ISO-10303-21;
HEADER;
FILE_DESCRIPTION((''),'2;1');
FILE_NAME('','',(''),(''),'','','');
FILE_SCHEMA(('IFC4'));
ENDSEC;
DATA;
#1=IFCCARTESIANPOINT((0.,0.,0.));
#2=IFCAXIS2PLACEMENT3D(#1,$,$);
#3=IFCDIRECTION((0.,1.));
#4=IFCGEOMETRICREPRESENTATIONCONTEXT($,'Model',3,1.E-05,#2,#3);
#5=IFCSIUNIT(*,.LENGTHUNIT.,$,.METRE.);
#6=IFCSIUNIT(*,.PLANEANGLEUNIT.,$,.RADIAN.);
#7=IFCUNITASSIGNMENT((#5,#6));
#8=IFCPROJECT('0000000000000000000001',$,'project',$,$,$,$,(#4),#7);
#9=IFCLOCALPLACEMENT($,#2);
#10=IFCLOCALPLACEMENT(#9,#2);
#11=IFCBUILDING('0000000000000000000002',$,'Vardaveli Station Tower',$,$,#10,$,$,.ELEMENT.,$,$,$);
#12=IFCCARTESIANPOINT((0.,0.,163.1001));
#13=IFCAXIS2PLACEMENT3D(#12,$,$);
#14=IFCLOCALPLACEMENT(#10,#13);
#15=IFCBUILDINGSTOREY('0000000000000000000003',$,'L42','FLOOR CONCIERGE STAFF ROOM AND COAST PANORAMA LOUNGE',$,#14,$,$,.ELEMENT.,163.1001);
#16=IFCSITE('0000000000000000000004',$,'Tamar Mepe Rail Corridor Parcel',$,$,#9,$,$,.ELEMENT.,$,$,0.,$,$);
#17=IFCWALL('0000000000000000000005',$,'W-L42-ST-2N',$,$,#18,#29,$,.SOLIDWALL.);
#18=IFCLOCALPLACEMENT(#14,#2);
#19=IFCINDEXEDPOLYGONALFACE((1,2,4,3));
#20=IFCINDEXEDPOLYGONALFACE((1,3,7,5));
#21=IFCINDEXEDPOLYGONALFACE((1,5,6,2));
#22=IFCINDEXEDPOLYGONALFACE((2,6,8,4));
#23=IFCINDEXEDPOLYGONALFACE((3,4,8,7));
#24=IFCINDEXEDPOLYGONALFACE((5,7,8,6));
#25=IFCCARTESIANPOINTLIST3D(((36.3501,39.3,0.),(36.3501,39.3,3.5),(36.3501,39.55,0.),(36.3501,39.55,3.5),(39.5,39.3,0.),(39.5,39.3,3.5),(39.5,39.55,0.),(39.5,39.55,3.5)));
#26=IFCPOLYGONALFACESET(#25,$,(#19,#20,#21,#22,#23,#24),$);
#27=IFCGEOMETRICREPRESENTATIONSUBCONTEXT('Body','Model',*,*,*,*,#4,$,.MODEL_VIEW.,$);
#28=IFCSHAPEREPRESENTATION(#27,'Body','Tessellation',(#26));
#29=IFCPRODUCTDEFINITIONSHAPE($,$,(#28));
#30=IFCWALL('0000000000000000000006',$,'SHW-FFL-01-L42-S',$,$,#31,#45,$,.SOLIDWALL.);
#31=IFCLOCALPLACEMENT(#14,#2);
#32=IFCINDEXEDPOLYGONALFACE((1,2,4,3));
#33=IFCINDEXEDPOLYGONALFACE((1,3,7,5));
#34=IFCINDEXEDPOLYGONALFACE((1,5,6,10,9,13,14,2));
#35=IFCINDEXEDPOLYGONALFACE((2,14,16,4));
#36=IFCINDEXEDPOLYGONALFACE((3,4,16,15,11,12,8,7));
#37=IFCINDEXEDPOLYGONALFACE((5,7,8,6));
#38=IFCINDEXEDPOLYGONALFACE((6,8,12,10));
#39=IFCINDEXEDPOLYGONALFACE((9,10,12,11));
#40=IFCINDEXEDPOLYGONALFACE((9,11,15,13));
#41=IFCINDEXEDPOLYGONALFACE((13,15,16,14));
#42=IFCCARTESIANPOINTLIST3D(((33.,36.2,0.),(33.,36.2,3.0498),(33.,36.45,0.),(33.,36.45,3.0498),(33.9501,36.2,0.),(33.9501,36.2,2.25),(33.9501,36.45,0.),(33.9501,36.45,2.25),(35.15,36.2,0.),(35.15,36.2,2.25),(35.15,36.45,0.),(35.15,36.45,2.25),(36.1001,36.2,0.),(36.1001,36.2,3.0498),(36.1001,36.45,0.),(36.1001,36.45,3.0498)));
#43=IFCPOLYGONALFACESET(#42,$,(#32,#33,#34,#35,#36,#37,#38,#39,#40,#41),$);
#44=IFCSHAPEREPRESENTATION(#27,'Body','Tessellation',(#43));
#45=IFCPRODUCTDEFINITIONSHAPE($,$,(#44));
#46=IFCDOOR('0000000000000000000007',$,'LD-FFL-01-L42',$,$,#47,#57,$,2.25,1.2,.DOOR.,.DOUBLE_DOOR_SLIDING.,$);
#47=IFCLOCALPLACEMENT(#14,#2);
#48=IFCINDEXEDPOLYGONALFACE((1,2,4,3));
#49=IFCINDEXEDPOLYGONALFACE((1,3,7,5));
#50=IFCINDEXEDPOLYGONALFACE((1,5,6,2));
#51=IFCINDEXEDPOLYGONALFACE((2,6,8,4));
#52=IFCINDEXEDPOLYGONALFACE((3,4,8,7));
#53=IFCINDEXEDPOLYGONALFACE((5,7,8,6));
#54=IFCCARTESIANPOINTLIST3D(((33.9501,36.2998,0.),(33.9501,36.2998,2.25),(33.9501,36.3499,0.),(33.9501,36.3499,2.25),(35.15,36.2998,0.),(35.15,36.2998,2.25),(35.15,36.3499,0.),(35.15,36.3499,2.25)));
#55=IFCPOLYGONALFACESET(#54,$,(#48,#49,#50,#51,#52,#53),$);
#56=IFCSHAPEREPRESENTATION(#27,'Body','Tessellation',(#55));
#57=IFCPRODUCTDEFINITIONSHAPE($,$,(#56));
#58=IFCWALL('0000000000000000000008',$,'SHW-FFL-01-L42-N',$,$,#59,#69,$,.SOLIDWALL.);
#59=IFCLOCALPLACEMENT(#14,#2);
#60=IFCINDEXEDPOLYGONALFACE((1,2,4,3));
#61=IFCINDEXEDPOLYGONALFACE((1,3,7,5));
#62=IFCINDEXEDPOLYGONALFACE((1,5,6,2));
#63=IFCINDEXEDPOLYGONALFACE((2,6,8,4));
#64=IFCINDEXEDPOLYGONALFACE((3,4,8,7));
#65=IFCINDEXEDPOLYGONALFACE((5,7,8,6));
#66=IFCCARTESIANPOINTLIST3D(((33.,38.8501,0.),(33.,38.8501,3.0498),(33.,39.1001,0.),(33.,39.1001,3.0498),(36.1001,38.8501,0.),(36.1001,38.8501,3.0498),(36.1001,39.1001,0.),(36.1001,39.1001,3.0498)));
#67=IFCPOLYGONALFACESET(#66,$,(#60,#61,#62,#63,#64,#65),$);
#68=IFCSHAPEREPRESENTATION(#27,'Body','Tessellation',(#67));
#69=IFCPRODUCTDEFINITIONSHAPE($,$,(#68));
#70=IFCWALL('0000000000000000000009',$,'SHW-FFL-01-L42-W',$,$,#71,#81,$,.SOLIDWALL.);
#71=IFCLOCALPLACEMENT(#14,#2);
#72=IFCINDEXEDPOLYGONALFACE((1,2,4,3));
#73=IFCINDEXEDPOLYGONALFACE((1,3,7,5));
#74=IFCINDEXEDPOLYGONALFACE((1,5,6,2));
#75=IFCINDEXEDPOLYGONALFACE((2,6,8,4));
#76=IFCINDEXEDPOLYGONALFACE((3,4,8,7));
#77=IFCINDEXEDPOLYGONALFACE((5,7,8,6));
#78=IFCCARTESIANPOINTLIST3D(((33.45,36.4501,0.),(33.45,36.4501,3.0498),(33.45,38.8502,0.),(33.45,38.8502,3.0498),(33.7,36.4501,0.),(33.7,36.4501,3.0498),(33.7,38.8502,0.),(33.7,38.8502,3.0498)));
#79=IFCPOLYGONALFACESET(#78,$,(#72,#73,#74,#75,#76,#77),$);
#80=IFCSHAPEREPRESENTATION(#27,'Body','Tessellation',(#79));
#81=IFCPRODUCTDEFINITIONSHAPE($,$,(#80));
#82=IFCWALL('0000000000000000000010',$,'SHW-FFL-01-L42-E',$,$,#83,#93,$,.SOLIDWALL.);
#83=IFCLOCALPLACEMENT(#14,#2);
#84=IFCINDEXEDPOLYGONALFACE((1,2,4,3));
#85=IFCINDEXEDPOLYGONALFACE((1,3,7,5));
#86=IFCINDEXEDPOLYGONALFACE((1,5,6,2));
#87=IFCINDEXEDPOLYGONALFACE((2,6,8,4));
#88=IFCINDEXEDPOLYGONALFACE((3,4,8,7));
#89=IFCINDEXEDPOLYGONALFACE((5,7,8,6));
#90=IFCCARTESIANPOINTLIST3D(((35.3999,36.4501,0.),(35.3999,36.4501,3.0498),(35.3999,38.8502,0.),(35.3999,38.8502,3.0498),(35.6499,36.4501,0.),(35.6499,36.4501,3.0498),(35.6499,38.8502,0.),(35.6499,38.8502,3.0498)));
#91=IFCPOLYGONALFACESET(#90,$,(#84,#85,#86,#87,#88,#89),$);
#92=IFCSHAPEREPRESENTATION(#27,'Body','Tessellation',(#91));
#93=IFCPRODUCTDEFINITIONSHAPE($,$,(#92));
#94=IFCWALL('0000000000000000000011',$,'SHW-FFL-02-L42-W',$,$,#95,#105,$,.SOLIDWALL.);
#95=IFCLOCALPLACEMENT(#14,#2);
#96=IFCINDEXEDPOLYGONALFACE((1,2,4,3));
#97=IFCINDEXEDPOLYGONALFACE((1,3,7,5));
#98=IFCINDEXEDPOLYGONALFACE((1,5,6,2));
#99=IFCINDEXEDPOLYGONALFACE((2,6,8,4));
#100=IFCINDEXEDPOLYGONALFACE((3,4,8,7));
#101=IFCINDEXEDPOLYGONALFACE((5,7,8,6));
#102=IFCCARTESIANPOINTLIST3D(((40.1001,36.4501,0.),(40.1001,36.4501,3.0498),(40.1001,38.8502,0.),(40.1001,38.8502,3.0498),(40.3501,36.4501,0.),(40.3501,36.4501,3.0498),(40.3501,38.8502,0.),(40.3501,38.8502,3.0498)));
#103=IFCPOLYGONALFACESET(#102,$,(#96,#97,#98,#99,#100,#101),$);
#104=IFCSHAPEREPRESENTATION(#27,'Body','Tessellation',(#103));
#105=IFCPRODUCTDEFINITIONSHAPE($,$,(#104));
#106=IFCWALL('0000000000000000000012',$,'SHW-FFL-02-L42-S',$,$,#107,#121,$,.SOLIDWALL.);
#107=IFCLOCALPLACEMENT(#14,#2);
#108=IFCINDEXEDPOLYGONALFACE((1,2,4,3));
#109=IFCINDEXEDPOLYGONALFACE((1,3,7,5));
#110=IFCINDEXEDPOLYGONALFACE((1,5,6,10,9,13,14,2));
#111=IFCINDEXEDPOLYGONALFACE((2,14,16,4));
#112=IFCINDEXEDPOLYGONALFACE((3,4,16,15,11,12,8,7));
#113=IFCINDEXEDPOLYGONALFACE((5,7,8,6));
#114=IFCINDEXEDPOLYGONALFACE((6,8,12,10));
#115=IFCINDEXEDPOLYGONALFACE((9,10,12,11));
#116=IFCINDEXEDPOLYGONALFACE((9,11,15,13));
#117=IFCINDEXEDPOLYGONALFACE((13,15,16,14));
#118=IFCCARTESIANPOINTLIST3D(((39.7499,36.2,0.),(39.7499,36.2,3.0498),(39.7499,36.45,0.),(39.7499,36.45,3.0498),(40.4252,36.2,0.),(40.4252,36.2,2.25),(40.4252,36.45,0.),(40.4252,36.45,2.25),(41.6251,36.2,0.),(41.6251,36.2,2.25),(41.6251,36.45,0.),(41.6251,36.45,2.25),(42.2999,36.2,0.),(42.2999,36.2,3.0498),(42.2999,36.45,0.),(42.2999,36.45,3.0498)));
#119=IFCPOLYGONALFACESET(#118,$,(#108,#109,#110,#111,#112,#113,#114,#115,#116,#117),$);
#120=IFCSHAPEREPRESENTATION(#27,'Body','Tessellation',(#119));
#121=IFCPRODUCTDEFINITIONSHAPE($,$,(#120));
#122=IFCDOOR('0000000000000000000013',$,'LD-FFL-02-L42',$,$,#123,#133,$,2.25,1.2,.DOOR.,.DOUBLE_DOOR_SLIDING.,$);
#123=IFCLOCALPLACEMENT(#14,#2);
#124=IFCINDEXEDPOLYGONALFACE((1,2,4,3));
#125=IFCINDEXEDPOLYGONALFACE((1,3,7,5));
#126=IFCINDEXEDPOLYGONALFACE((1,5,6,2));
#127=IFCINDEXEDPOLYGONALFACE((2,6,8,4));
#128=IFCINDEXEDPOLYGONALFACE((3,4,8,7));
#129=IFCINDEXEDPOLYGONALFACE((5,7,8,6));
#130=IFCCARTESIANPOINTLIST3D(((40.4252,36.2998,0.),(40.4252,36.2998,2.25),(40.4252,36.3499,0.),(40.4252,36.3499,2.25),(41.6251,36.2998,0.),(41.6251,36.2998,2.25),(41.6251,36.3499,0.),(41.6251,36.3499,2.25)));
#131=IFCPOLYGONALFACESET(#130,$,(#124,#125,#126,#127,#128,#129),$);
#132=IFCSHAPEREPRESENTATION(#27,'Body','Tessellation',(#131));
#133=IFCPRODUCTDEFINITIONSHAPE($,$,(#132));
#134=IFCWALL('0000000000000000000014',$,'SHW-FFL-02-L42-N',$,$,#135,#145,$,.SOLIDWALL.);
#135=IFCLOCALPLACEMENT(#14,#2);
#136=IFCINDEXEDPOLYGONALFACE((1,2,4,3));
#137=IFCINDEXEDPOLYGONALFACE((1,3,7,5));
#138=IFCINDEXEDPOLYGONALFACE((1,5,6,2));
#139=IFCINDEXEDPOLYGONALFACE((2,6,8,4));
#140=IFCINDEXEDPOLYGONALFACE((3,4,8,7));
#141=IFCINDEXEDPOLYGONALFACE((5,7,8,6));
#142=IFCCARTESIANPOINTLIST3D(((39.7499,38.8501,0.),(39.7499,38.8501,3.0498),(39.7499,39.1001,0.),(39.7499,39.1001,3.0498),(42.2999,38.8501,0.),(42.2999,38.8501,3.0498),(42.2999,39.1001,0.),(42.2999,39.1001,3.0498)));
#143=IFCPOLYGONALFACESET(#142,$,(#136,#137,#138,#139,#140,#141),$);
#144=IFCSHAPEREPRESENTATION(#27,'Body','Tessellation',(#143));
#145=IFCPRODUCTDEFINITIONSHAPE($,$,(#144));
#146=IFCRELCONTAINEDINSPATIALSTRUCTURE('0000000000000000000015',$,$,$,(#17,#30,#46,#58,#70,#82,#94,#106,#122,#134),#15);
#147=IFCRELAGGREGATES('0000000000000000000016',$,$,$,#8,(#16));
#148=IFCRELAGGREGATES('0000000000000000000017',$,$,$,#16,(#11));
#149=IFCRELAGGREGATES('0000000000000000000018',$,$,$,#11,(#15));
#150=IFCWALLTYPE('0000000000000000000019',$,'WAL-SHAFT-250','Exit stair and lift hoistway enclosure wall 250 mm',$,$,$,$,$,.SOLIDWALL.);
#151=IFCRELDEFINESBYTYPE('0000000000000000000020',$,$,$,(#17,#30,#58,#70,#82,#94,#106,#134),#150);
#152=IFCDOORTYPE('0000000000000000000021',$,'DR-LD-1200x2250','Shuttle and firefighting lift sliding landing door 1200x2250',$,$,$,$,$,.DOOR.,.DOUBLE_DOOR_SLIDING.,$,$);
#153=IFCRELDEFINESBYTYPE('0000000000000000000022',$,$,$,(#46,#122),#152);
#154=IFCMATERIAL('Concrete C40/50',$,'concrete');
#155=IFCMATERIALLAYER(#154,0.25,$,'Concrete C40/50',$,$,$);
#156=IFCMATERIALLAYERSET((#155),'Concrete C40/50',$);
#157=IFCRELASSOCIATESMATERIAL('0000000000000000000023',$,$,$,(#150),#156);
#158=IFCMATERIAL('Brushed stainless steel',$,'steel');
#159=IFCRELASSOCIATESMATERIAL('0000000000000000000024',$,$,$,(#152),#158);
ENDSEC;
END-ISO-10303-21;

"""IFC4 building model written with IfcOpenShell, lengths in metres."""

from ifc_helpers import new_model, si_unit, direction, frame, frame_2d, origin, place, context, subcontext, project, spatial, rectangle, extrude, source, transform, mapped, material, layer, layer_set, type_object, element, fill, save


model = new_model("IFC4")

# Units and contexts
model_context = context("Model", 3, precision=1e-05, world=origin(), true_north=direction((0.0, 1.0)))
body_context = subcontext(model_context, "Body", "Model", "MODEL_VIEW")
ifc_project = project(units=[si_unit("LENGTHUNIT", "METRE"), si_unit("PLANEANGLEUNIT", "RADIAN")], contexts=[model_context])

# Site, building, storey
site_placement = place(None, origin())
site = spatial("IfcSite", under=ifc_project, at=site_placement, Name="Tamar Mepe Rail Corridor Parcel", CompositionType="ELEMENT", RefElevation=0.0)
building_placement = place(site_placement, origin())
building = spatial("IfcBuilding", under=site, at=building_placement, Name="Vardaveli Station Tower", CompositionType="ELEMENT")
storey_placement = place(building_placement, frame((0.0, 0.0, 163.1001)))
storey = spatial("IfcBuildingStorey", under=building, at=storey_placement, Name="L42", Description="FLOOR CONCIERGE STAFF ROOM AND COAST PANORAMA LOUNGE", CompositionType="ELEMENT", Elevation=163.1001)

# Wall
ifc_material_1 = material(Name="Concrete C40/50", Category="concrete")
ifc_layer_1 = layer(ifc_material_1, 0.25, Name="Concrete C40/50")
ifc_layer_set_1 = layer_set([ifc_layer_1], Name="Concrete C40/50")
wall_type = type_object("IfcWallType", Name="WAL-SHAFT-250", Description="Exit stair and lift hoistway enclosure wall 250 mm", PredefinedType="SOLIDWALL", material=ifc_layer_set_1)
shared_shape_1 = source(origin(), body_context, "Body", "SweptSolid", [
    extrude(rectangle(XDim=3.1499, YDim=0.25, at=frame_2d((1.575, 0.0))), origin(), (0.0, 0.0, 1.0), 3.5),
])
wall_1_placement = place(storey_placement, frame((36.3501, 39.425, 0.0), z_axis=(0.0, 0.0, 1.0), x_axis=(1.0, 0.0, 0.0)))
element("IfcWall", 1, at=wall_1_placement, inside=storey, type_object=wall_type, Name="W-L42-ST-2N", PredefinedType="SOLIDWALL", context=body_context, shape_type="MappedRepresentation", body=[
    mapped(shared_shape_1, transform((0.0, 0.0, 0.0), scale=1.0)),
])

# Wall, opening, door
shared_shape_2 = source(origin(), body_context, "Body", "SweptSolid", [
    extrude(rectangle(XDim=3.1001, YDim=0.25, at=frame_2d((1.55, 0.0))), origin(), (0.0, 0.0, 1.0), 3.0498),
])
wall_2_placement = place(storey_placement, frame((33.0, 36.325, 0.0), z_axis=(0.0, 0.0, 1.0), x_axis=(1.0, 0.0, 0.0)))
wall_2 = element("IfcWall", 2, at=wall_2_placement, inside=storey, type_object=wall_type, Name="SHW-FFL-01-L42-S", PredefinedType="SOLIDWALL", context=body_context, shape_type="MappedRepresentation", body=[
    mapped(shared_shape_2, transform((0.0, 0.0, 0.0), scale=1.0)),
])
shared_shape_3 = source(origin(), body_context, "Body", "SweptSolid", [
    extrude(rectangle(XDim=1.2, YDim=2.25, at=frame_2d((0.6001, 1.125))), frame((0.0, 0.135, 0.0), z_axis=(0.0, -1.0, 0.0), x_axis=(1.0, 0.0, 0.0)), (0.0, 0.0, 1.0), 0.27),
])
opening_1_placement = place(wall_2_placement, frame((0.95, 0.0, 0.0)))
opening_1 = element("IfcOpeningElement", 3, at=opening_1_placement, cuts=wall_2, PredefinedType="OPENING", context=body_context, shape_type="MappedRepresentation", body=[
    mapped(shared_shape_3, transform((0.0, 0.0, 0.0), scale=1.0)),
])
ifc_material_2 = material(Name="Brushed stainless steel", Category="steel")
door_type = type_object("IfcDoorType", Name="DR-LD-1200x2250", Description="Shuttle and firefighting lift sliding landing door 1200x2250", OperationType="DOUBLE_DOOR_SLIDING", PredefinedType="DOOR", material=ifc_material_2)
shared_shape_4 = source(origin(), body_context, "Body", "SweptSolid", [
    extrude(rectangle(XDim=1.2, YDim=2.25, at=frame_2d((0.6001, 1.125))), frame((0.0, 0.0249, 0.0), z_axis=(0.0, -1.0, 0.0), x_axis=(1.0, 0.0, 0.0)), (0.0, 0.0, 1.0), 0.05),
])
door_1_placement = place(opening_1_placement, origin())
door_1 = element("IfcDoor", 4, at=door_1_placement, inside=storey, type_object=door_type, Name="LD-FFL-01-L42", OperationType="DOUBLE_DOOR_SLIDING", OverallHeight=2.25, OverallWidth=1.2, PredefinedType="DOOR", context=body_context, shape_type="MappedRepresentation", body=[
    mapped(shared_shape_4, transform((0.0, 0.0, 0.0), scale=1.0)),
])
fill(opening_1, door_1)

# Walls
wall_3_placement = place(storey_placement, frame((33.0, 38.9751, 0.0), z_axis=(0.0, 0.0, 1.0), x_axis=(1.0, 0.0, 0.0)))
element("IfcWall", 5, at=wall_3_placement, inside=storey, type_object=wall_type, Name="SHW-FFL-01-L42-N", PredefinedType="SOLIDWALL", context=body_context, shape_type="MappedRepresentation", body=[
    mapped(shared_shape_2, transform((0.0, 0.0, 0.0), scale=1.0)),
])
shared_shape_5 = source(origin(), body_context, "Body", "SweptSolid", [
    extrude(rectangle(XDim=2.4001, YDim=0.25, at=frame_2d((1.2002, 0.0))), origin(), (0.0, 0.0, 1.0), 3.0498),
])
for number, where, z_axis, x_axis, name in (
    (6, (33.575, 36.45, 0.0), (0.0, 0.0, 1.0), (0.0, 1.0, 0.0), "SHW-FFL-01-L42-W"),
    (7, (35.5249, 36.45, 0.0), (0.0, 0.0, 1.0), (0.0, 1.0, 0.0), "SHW-FFL-01-L42-E"),
    (8, (40.2251, 36.45, 0.0), (0.0, 0.0, 1.0), (0.0, 1.0, 0.0), "SHW-FFL-02-L42-W"),
):
    element("IfcWall", number, at=place(storey_placement, frame(where, z_axis=z_axis, x_axis=x_axis)), inside=storey, type_object=wall_type, Name=name, PredefinedType="SOLIDWALL", context=body_context, shape_type="MappedRepresentation", body=[
        mapped(shared_shape_5, transform((0.0, 0.0, 0.0), scale=1.0)),
    ])

# Wall, opening, door
shared_shape_6 = source(origin(), body_context, "Body", "SweptSolid", [
    extrude(rectangle(XDim=2.55, YDim=0.25, at=frame_2d((1.2749, 0.0))), origin(), (0.0, 0.0, 1.0), 3.0498),
])
wall_4_placement = place(storey_placement, frame((39.75, 36.325, 0.0), z_axis=(0.0, 0.0, 1.0), x_axis=(1.0, 0.0, 0.0)))
wall_4 = element("IfcWall", 9, at=wall_4_placement, inside=storey, type_object=wall_type, Name="SHW-FFL-02-L42-S", PredefinedType="SOLIDWALL", context=body_context, shape_type="MappedRepresentation", body=[
    mapped(shared_shape_6, transform((0.0, 0.0, 0.0), scale=1.0)),
])
opening_2_placement = place(wall_4_placement, frame((0.675, 0.0, 0.0)))
opening_2 = element("IfcOpeningElement", 10, at=opening_2_placement, cuts=wall_4, PredefinedType="OPENING", context=body_context, shape_type="MappedRepresentation", body=[
    mapped(shared_shape_3, transform((0.0, 0.0, 0.0), scale=1.0)),
])
door_2_placement = place(opening_2_placement, origin())
door_2 = element("IfcDoor", 11, at=door_2_placement, inside=storey, type_object=door_type, Name="LD-FFL-02-L42", OperationType="DOUBLE_DOOR_SLIDING", OverallHeight=2.25, OverallWidth=1.2, PredefinedType="DOOR", context=body_context, shape_type="MappedRepresentation", body=[
    mapped(shared_shape_4, transform((0.0, 0.0, 0.0), scale=1.0)),
])
fill(opening_2, door_2)

# Wall
wall_5_placement = place(storey_placement, frame((39.75, 38.9751, 0.0), z_axis=(0.0, 0.0, 1.0), x_axis=(1.0, 0.0, 0.0)))
element("IfcWall", 12, at=wall_5_placement, inside=storey, type_object=wall_type, Name="SHW-FFL-02-L42-N", PredefinedType="SOLIDWALL", context=body_context, shape_type="MappedRepresentation", body=[
    mapped(shared_shape_6, transform((0.0, 0.0, 0.0), scale=1.0)),
])

save(model, "model.ifc")
